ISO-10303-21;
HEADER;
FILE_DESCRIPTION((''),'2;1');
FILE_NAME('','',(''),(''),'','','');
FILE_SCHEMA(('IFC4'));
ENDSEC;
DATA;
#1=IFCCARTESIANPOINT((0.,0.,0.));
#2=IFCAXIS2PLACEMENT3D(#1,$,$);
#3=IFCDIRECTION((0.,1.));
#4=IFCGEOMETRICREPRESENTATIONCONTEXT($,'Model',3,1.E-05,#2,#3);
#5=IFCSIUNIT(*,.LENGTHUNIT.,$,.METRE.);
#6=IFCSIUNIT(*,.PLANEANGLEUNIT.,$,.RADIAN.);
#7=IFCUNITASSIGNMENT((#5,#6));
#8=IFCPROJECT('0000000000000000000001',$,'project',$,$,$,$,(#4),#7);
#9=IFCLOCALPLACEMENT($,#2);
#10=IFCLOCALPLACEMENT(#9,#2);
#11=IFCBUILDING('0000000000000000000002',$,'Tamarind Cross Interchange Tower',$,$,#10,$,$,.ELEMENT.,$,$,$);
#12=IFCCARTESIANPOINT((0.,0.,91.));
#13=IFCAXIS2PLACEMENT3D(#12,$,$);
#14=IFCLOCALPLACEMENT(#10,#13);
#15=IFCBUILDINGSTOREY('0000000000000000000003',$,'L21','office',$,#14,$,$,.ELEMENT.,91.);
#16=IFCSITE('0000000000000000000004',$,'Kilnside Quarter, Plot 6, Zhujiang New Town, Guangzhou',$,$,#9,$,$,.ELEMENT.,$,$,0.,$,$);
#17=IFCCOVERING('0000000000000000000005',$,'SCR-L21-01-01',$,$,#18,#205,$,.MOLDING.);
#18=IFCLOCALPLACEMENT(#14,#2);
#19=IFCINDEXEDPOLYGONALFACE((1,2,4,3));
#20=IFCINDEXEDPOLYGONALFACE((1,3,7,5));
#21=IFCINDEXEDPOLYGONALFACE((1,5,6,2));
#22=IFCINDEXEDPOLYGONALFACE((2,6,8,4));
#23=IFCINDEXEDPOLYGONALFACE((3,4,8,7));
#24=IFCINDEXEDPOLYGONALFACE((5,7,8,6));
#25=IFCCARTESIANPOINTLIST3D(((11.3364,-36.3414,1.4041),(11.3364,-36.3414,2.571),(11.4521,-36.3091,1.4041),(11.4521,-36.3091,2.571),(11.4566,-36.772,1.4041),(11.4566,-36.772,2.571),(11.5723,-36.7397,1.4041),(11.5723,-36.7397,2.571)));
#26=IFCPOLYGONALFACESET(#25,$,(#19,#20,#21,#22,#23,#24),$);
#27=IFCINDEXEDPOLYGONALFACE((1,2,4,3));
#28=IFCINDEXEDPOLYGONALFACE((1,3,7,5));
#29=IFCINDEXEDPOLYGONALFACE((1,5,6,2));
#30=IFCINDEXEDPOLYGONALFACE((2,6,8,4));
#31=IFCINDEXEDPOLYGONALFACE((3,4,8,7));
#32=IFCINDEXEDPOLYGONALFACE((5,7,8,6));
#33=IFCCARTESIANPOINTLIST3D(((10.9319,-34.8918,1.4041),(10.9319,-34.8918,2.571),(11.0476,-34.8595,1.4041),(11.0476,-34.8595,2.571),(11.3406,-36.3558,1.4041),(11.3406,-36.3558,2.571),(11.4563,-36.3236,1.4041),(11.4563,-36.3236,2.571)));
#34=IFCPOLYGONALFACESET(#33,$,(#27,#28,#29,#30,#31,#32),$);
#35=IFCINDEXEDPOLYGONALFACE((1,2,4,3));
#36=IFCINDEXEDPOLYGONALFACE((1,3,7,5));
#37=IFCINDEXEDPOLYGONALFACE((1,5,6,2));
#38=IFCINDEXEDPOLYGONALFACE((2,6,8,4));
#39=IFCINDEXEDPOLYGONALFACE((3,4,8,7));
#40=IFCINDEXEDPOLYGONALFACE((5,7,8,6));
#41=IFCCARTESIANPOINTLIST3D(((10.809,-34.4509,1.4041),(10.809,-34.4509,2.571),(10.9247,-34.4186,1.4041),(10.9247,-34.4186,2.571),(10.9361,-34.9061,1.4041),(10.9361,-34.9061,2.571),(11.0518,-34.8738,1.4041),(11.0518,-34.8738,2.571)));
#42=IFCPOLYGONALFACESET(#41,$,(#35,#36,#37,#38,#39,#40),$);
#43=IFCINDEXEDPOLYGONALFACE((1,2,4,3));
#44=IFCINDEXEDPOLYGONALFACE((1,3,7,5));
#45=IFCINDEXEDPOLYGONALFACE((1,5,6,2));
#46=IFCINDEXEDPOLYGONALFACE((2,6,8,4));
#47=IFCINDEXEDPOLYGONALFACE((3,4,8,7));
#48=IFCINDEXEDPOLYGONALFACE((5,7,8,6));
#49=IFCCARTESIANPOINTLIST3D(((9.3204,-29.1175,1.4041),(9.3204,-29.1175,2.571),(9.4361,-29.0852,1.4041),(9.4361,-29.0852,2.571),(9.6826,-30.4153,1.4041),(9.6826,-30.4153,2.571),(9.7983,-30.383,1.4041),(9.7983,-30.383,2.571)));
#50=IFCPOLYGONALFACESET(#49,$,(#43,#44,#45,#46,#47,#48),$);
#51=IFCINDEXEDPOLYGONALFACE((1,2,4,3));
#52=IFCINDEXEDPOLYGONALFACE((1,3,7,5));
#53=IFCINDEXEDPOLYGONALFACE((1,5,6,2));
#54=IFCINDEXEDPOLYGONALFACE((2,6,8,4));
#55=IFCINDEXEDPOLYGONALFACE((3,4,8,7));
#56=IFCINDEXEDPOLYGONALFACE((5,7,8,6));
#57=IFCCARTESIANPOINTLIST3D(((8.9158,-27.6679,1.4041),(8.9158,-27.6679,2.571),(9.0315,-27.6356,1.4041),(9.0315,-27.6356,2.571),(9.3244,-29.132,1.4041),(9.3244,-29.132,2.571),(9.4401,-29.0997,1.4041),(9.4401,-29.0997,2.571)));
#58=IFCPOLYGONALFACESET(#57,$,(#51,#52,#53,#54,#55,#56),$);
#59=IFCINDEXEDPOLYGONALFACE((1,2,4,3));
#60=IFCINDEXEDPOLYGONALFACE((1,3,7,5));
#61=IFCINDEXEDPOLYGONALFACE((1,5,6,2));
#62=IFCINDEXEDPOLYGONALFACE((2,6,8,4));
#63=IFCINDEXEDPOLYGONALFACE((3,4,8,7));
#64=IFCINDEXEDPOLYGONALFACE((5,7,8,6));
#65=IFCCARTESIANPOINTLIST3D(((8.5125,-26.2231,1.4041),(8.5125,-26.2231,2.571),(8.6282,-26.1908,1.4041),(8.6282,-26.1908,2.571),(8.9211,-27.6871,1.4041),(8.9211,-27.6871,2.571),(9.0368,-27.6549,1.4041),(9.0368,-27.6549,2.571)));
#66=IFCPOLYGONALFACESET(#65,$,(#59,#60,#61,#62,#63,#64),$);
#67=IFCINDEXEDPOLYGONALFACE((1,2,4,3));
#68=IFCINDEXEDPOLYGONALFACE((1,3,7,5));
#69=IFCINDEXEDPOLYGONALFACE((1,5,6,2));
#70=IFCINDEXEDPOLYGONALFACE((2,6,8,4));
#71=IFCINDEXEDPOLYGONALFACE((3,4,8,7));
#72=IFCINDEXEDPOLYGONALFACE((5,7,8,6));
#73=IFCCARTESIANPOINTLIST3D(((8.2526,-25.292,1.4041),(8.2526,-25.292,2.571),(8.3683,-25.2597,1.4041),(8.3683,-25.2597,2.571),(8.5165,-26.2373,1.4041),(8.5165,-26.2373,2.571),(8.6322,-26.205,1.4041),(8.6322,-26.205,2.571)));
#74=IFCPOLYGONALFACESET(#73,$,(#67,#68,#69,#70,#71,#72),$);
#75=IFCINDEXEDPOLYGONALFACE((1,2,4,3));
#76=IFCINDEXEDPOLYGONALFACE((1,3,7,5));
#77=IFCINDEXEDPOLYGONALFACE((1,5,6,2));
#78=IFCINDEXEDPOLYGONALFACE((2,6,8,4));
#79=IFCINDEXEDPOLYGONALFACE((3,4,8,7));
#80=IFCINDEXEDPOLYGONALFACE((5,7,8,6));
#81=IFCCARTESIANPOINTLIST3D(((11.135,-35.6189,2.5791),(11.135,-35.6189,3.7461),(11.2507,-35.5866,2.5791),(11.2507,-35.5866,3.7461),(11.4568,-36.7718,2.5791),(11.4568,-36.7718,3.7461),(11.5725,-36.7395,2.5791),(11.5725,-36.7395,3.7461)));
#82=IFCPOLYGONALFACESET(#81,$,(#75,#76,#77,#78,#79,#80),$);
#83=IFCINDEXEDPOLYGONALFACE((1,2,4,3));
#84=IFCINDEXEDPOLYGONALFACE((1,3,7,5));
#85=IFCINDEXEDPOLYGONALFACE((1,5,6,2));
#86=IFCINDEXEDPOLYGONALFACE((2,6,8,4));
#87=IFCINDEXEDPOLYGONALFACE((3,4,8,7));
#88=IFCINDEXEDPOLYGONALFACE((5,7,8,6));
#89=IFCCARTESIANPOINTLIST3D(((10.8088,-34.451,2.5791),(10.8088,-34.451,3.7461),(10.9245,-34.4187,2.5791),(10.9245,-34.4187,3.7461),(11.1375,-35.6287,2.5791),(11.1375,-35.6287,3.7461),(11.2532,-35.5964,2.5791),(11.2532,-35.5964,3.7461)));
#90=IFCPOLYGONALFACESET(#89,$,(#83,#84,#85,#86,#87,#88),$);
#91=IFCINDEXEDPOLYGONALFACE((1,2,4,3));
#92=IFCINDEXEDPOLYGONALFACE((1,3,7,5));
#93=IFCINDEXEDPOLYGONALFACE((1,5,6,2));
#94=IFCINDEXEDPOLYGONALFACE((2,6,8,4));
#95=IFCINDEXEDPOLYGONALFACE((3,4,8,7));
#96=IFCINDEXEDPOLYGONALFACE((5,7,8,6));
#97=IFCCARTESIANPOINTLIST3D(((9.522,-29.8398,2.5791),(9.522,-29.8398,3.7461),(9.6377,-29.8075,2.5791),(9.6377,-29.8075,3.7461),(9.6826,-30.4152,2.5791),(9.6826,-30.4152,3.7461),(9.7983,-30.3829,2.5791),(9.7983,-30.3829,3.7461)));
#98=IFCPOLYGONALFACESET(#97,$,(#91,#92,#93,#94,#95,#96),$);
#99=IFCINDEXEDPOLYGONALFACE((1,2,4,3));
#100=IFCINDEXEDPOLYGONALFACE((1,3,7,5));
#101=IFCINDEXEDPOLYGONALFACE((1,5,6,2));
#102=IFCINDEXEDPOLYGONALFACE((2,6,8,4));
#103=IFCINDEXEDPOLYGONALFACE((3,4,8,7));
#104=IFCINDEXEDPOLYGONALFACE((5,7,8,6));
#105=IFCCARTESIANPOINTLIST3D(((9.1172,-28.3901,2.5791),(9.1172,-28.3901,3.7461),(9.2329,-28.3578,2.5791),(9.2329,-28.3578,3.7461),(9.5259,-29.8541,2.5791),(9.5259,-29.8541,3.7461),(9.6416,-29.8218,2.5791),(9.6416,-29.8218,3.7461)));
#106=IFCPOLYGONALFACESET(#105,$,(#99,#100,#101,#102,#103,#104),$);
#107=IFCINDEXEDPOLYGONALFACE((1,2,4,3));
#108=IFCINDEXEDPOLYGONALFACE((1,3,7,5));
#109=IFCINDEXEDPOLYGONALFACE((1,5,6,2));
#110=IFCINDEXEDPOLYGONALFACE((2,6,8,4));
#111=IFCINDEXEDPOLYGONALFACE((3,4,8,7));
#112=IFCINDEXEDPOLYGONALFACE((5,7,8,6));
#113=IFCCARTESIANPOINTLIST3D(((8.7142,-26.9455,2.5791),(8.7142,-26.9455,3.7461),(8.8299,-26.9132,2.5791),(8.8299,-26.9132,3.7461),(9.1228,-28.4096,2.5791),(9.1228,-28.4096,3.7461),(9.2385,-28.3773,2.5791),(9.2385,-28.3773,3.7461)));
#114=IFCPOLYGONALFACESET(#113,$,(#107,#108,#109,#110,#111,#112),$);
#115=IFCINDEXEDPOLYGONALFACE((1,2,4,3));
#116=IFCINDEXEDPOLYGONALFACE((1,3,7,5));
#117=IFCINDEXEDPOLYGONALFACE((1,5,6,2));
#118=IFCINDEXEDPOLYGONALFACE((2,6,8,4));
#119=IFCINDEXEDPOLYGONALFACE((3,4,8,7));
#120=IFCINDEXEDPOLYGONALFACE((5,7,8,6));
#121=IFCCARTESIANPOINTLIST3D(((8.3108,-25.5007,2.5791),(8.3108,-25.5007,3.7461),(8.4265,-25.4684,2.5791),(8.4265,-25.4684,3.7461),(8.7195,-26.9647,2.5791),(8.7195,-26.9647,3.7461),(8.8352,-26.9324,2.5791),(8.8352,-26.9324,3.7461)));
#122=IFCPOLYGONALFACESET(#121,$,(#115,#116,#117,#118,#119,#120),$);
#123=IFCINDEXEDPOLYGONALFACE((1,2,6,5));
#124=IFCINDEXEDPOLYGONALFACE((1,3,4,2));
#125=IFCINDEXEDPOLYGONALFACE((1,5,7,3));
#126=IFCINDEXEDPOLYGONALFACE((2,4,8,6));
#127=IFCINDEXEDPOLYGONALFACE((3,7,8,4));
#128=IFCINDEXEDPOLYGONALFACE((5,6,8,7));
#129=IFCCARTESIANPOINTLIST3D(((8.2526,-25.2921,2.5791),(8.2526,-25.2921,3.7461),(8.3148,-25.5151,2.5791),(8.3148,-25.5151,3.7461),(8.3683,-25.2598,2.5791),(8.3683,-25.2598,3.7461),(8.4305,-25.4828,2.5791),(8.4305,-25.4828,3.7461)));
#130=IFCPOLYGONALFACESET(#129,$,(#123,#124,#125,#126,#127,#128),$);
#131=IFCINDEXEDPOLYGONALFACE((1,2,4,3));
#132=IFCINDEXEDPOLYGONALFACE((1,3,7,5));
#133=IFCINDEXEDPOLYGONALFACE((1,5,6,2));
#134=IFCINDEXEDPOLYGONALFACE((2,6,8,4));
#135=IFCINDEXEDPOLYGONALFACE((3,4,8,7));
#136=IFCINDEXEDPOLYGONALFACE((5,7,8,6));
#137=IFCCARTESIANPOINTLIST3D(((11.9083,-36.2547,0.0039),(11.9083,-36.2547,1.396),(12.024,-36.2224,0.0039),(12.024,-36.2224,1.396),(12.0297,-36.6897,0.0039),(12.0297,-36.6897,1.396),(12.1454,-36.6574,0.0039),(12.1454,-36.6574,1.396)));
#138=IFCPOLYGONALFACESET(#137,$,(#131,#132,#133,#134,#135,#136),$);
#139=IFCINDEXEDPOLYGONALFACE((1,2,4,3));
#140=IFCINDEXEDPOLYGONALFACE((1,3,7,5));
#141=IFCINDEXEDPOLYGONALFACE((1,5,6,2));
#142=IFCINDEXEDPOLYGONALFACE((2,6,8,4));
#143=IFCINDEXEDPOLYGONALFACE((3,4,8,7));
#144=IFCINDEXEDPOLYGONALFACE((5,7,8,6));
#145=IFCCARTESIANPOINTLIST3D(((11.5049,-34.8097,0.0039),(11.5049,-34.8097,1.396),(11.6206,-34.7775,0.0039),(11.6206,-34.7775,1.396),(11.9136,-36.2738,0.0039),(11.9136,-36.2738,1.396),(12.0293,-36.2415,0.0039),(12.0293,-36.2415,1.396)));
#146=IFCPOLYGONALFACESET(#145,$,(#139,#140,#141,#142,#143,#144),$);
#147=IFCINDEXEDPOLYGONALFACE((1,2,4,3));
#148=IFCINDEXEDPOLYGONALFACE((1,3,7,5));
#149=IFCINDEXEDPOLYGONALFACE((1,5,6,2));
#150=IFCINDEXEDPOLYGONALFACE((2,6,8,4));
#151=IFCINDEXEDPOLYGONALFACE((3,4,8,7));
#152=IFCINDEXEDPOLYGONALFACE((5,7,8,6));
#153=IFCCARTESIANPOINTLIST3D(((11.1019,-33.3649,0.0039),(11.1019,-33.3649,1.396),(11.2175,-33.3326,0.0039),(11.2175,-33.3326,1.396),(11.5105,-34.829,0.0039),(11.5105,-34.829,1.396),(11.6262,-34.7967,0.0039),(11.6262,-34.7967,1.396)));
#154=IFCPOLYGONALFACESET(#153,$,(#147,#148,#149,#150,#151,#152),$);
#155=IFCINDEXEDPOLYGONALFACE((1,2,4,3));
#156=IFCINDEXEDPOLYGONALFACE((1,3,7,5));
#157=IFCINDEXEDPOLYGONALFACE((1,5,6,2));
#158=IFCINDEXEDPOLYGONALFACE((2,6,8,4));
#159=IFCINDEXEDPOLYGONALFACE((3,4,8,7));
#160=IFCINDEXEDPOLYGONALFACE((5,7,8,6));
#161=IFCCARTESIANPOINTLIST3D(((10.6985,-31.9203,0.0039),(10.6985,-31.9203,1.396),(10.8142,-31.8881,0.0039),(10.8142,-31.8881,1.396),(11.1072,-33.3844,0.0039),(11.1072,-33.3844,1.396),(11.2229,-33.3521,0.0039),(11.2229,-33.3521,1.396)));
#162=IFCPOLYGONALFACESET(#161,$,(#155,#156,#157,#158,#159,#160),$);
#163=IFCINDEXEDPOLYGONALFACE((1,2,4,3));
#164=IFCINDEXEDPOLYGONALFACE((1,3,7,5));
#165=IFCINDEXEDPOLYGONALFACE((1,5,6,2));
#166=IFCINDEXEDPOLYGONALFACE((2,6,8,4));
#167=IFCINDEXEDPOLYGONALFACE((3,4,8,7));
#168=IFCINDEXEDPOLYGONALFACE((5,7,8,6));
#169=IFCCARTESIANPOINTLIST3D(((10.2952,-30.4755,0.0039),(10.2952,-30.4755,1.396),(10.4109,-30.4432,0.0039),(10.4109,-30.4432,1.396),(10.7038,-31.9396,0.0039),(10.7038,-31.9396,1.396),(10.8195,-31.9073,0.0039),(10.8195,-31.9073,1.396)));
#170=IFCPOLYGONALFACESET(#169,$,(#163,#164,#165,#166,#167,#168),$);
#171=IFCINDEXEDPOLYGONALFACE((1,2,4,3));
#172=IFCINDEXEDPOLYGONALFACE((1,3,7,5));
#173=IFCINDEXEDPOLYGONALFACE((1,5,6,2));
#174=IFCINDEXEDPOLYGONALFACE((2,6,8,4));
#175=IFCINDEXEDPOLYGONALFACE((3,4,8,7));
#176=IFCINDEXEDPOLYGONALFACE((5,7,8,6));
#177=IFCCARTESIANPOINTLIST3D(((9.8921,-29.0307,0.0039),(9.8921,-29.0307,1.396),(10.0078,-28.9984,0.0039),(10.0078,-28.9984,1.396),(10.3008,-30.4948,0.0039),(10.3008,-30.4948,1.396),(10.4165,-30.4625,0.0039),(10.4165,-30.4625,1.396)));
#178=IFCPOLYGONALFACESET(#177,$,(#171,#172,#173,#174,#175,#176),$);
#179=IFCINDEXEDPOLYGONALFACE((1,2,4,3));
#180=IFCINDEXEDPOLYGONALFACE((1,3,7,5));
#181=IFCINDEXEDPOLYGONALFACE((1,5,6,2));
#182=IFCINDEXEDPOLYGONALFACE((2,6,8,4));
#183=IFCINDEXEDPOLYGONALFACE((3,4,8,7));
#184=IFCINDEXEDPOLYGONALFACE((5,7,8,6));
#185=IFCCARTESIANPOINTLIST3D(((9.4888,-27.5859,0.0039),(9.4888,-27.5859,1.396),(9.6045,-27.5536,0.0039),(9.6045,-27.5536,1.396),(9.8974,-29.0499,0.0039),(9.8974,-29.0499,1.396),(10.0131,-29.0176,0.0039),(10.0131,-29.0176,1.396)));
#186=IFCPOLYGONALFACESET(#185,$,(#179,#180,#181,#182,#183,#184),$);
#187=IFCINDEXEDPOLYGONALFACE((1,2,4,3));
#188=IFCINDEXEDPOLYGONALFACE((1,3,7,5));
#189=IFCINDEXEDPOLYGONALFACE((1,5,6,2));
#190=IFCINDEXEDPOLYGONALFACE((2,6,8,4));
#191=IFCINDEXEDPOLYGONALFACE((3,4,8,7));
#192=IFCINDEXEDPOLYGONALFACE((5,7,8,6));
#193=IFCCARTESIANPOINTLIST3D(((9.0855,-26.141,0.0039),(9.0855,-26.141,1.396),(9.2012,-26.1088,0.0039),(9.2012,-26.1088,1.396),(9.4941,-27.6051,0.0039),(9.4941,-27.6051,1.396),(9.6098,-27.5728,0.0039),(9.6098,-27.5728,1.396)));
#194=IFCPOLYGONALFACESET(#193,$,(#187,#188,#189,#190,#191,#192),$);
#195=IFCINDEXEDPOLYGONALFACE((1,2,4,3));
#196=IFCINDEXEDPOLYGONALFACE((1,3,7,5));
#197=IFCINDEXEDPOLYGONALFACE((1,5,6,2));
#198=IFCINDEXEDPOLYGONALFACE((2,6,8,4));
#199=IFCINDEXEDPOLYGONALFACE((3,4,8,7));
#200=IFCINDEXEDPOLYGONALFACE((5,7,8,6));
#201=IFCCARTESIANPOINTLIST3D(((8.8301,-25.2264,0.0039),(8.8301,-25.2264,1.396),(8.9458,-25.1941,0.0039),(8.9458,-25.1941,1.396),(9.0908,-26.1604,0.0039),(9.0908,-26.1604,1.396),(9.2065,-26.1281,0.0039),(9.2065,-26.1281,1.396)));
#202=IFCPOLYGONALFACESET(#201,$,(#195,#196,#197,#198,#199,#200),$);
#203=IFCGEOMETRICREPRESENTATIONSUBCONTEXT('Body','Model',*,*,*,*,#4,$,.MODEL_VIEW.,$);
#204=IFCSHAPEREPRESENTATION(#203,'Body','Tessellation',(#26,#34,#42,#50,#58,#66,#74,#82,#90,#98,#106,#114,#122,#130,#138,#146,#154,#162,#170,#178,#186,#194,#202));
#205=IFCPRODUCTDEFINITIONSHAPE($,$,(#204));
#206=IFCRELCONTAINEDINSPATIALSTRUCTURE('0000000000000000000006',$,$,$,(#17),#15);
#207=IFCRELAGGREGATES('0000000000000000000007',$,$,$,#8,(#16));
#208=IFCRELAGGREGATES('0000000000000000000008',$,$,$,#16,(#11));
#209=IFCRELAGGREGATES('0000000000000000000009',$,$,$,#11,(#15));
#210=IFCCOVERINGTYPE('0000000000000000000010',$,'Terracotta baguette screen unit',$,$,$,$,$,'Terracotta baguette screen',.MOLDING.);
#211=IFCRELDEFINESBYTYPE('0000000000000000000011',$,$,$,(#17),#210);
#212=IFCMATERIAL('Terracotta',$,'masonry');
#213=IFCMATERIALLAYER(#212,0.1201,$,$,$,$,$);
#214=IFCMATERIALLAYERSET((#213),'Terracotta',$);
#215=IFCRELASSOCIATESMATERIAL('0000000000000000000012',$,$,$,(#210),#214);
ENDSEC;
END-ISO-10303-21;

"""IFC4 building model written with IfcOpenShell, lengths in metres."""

from ifc_helpers import new_model, si_unit, direction, frame, origin, origin_2d, place, context, subcontext, project, spatial, rectangle, extrude, material, layer, layer_set, type_object, element, save


model = new_model("IFC4")

# Units and contexts
model_context = context("Model", 3, precision=1e-05, world=origin(), true_north=direction((0.0, 1.0)))
body_context = subcontext(model_context, "Body", "Model", "MODEL_VIEW")
ifc_project = project(units=[si_unit("LENGTHUNIT", "METRE"), si_unit("PLANEANGLEUNIT", "RADIAN")], contexts=[model_context])

# Site, building, storey
site_placement = place(None, origin())
site = spatial("IfcSite", under=ifc_project, at=site_placement, Name="Kilnside Quarter, Plot 6, Zhujiang New Town, Guangzhou", CompositionType="ELEMENT", RefElevation=0.0)
building_placement = place(site_placement, origin())
building = spatial("IfcBuilding", under=site, at=building_placement, Name="Tamarind Cross Interchange Tower", CompositionType="ELEMENT")
storey_placement = place(building_placement, frame((0.0, 0.0, 91.0)))
storey = spatial("IfcBuildingStorey", under=building, at=storey_placement, Name="L21", Description="office", CompositionType="ELEMENT", Elevation=91.0)

# Covering
ifc_material_1 = material(Name="Terracotta", Category="masonry")
ifc_layer_1 = layer(ifc_material_1, 0.1201)
ifc_layer_set_1 = layer_set([ifc_layer_1], Name="Terracotta")
covering_type = type_object("IfcCoveringType", Name="Terracotta baguette screen unit", ElementType="Terracotta baguette screen", PredefinedType="MOLDING", material=ifc_layer_set_1)
covering_1_placement = place(storey_placement, origin())
element("IfcCovering", 1, at=covering_1_placement, inside=storey, type_object=covering_type, Name="SCR-L21-01-01", PredefinedType="MOLDING", context=body_context, shape_type="SweptSolid", body=[
    extrude(rectangle(XDim=0.447, YDim=0.1201, at=origin_2d()), frame((11.4543, -36.5405, 1.4041), z_axis=(0.0, 0.0, 1.0), x_axis=(-0.268831, 0.963187, 0.0)), (0.0, 0.0, 1.0), 1.167),
    extrude(rectangle(XDim=1.52, YDim=0.1201, at=origin_2d()), frame((11.1941, -35.6077, 1.4041), z_axis=(0.0, 0.0, 1.0), x_axis=(-0.268831, 0.963187, 0.0)), (0.0, 0.0, 1.0), 1.167),
    extrude(rectangle(XDim=0.4727, YDim=0.1201, at=origin_2d()), frame((10.9304, -34.6624, 1.4041), z_axis=(0.0, 0.0, 1.0), x_axis=(-0.268831, 0.963187, 0.0)), (0.0, 0.0, 1.0), 1.167),
    extrude(rectangle(XDim=1.3474, YDim=0.1201, at=origin_2d()), frame((9.5593, -29.7502, 1.4041), z_axis=(0.0, 0.0, 1.0), x_axis=(-0.268831, 0.963187, 0.0)), (0.0, 0.0, 1.0), 1.167),
    extrude(rectangle(XDim=1.52, YDim=0.1201, at=origin_2d()), frame((9.178, -28.3838, 1.4041), z_axis=(0.0, 0.0, 1.0), x_axis=(-0.268831, 0.963187, 0.0)), (0.0, 0.0, 1.0), 1.167),
    extrude(rectangle(XDim=1.52, YDim=0.1201, at=origin_2d()), frame((8.7747, -26.939, 1.4041), z_axis=(0.0, 0.0, 1.0), x_axis=(-0.268831, 0.963187, 0.0)), (0.0, 0.0, 1.0), 1.167),
    extrude(rectangle(XDim=0.9814, YDim=0.1201, at=origin_2d()), frame((8.4424, -25.7485, 1.4041), z_axis=(0.0, 0.0, 1.0), x_axis=(-0.268831, 0.963187, 0.0)), (0.0, 0.0, 1.0), 1.167),
    extrude(rectangle(XDim=1.197, YDim=0.1201, at=origin_2d()), frame((11.3538, -36.1792, 2.5791), z_axis=(0.0, 0.0, 1.0), x_axis=(-0.268831, 0.963187, 0.0)), (0.0, 0.0, 1.0), 1.167),
    extrude(rectangle(XDim=1.2227, YDim=0.1201, at=origin_2d()), frame((11.031, -35.0237, 2.5791), z_axis=(0.0, 0.0, 1.0), x_axis=(-0.268831, 0.963187, 0.0)), (0.0, 0.0, 1.0), 1.167),
    extrude(rectangle(XDim=0.5974, YDim=0.1201, at=origin_2d()), frame((9.6602, -30.1113, 2.5791), z_axis=(0.0, 0.0, 1.0), x_axis=(-0.268831, 0.963187, 0.0)), (0.0, 0.0, 1.0), 1.167),
    extrude(rectangle(XDim=1.52, YDim=0.1201, at=origin_2d()), frame((9.3794, -29.106, 2.5791), z_axis=(0.0, 0.0, 1.0), x_axis=(-0.268831, 0.963187, 0.0)), (0.0, 0.0, 1.0), 1.167),
    extrude(rectangle(XDim=1.52, YDim=0.1201, at=origin_2d()), frame((8.9763, -27.6614, 2.5791), z_axis=(0.0, 0.0, 1.0), x_axis=(-0.268831, 0.963187, 0.0)), (0.0, 0.0, 1.0), 1.167),
    extrude(rectangle(XDim=1.52, YDim=0.1201, at=origin_2d()), frame((8.573, -26.2166, 2.5791), z_axis=(0.0, 0.0, 1.0), x_axis=(-0.268831, 0.963187, 0.0)), (0.0, 0.0, 1.0), 1.167),
    extrude(rectangle(XDim=0.2314, YDim=0.1201, at=origin_2d()), frame((8.3416, -25.3875, 2.5791), z_axis=(0.0, 0.0, 1.0), x_axis=(-0.268831, 0.963187, 0.0)), (0.0, 0.0, 1.0), 1.167),
    extrude(rectangle(XDim=0.4517, YDim=0.1201, at=origin_2d()), frame((12.0269, -36.4561, 0.0039), z_axis=(0.0, 0.0, 1.0), x_axis=(-0.268831, 0.963187, 0.0)), (0.0, 0.0, 1.0), 1.3921),
    extrude(rectangle(XDim=1.52, YDim=0.1201, at=origin_2d()), frame((11.7671, -35.5256, 0.0039), z_axis=(0.0, 0.0, 1.0), x_axis=(-0.268831, 0.963187, 0.0)), (0.0, 0.0, 1.0), 1.3921),
    extrude(rectangle(XDim=1.52, YDim=0.1201, at=origin_2d()), frame((11.364, -34.0808, 0.0039), z_axis=(0.0, 0.0, 1.0), x_axis=(-0.268831, 0.963187, 0.0)), (0.0, 0.0, 1.0), 1.3921),
    extrude(rectangle(XDim=1.52, YDim=0.1201, at=origin_2d()), frame((10.9607, -32.6362, 0.0039), z_axis=(0.0, 0.0, 1.0), x_axis=(-0.268831, 0.963187, 0.0)), (0.0, 0.0, 1.0), 1.3921),
    extrude(rectangle(XDim=1.52, YDim=0.1201, at=origin_2d()), frame((10.5574, -31.1914, 0.0039), z_axis=(0.0, 0.0, 1.0), x_axis=(-0.268831, 0.963187, 0.0)), (0.0, 0.0, 1.0), 1.3921),
    extrude(rectangle(XDim=1.52, YDim=0.1201, at=origin_2d()), frame((10.1543, -29.7466, 0.0039), z_axis=(0.0, 0.0, 1.0), x_axis=(-0.268831, 0.963187, 0.0)), (0.0, 0.0, 1.0), 1.3921),
    extrude(rectangle(XDim=1.52, YDim=0.1201, at=origin_2d()), frame((9.751, -28.3018, 0.0039), z_axis=(0.0, 0.0, 1.0), x_axis=(-0.268831, 0.963187, 0.0)), (0.0, 0.0, 1.0), 1.3921),
    extrude(rectangle(XDim=1.52, YDim=0.1201, at=origin_2d()), frame((9.3477, -26.8569, 0.0039), z_axis=(0.0, 0.0, 1.0), x_axis=(-0.268831, 0.963187, 0.0)), (0.0, 0.0, 1.0), 1.3921),
    extrude(rectangle(XDim=0.9697, YDim=0.1201, at=origin_2d()), frame((9.0183, -25.6772, 0.0039), z_axis=(0.0, 0.0, 1.0), x_axis=(-0.268831, 0.963187, 0.0)), (0.0, 0.0, 1.0), 1.3921),
])

save(model, "model.ifc")
